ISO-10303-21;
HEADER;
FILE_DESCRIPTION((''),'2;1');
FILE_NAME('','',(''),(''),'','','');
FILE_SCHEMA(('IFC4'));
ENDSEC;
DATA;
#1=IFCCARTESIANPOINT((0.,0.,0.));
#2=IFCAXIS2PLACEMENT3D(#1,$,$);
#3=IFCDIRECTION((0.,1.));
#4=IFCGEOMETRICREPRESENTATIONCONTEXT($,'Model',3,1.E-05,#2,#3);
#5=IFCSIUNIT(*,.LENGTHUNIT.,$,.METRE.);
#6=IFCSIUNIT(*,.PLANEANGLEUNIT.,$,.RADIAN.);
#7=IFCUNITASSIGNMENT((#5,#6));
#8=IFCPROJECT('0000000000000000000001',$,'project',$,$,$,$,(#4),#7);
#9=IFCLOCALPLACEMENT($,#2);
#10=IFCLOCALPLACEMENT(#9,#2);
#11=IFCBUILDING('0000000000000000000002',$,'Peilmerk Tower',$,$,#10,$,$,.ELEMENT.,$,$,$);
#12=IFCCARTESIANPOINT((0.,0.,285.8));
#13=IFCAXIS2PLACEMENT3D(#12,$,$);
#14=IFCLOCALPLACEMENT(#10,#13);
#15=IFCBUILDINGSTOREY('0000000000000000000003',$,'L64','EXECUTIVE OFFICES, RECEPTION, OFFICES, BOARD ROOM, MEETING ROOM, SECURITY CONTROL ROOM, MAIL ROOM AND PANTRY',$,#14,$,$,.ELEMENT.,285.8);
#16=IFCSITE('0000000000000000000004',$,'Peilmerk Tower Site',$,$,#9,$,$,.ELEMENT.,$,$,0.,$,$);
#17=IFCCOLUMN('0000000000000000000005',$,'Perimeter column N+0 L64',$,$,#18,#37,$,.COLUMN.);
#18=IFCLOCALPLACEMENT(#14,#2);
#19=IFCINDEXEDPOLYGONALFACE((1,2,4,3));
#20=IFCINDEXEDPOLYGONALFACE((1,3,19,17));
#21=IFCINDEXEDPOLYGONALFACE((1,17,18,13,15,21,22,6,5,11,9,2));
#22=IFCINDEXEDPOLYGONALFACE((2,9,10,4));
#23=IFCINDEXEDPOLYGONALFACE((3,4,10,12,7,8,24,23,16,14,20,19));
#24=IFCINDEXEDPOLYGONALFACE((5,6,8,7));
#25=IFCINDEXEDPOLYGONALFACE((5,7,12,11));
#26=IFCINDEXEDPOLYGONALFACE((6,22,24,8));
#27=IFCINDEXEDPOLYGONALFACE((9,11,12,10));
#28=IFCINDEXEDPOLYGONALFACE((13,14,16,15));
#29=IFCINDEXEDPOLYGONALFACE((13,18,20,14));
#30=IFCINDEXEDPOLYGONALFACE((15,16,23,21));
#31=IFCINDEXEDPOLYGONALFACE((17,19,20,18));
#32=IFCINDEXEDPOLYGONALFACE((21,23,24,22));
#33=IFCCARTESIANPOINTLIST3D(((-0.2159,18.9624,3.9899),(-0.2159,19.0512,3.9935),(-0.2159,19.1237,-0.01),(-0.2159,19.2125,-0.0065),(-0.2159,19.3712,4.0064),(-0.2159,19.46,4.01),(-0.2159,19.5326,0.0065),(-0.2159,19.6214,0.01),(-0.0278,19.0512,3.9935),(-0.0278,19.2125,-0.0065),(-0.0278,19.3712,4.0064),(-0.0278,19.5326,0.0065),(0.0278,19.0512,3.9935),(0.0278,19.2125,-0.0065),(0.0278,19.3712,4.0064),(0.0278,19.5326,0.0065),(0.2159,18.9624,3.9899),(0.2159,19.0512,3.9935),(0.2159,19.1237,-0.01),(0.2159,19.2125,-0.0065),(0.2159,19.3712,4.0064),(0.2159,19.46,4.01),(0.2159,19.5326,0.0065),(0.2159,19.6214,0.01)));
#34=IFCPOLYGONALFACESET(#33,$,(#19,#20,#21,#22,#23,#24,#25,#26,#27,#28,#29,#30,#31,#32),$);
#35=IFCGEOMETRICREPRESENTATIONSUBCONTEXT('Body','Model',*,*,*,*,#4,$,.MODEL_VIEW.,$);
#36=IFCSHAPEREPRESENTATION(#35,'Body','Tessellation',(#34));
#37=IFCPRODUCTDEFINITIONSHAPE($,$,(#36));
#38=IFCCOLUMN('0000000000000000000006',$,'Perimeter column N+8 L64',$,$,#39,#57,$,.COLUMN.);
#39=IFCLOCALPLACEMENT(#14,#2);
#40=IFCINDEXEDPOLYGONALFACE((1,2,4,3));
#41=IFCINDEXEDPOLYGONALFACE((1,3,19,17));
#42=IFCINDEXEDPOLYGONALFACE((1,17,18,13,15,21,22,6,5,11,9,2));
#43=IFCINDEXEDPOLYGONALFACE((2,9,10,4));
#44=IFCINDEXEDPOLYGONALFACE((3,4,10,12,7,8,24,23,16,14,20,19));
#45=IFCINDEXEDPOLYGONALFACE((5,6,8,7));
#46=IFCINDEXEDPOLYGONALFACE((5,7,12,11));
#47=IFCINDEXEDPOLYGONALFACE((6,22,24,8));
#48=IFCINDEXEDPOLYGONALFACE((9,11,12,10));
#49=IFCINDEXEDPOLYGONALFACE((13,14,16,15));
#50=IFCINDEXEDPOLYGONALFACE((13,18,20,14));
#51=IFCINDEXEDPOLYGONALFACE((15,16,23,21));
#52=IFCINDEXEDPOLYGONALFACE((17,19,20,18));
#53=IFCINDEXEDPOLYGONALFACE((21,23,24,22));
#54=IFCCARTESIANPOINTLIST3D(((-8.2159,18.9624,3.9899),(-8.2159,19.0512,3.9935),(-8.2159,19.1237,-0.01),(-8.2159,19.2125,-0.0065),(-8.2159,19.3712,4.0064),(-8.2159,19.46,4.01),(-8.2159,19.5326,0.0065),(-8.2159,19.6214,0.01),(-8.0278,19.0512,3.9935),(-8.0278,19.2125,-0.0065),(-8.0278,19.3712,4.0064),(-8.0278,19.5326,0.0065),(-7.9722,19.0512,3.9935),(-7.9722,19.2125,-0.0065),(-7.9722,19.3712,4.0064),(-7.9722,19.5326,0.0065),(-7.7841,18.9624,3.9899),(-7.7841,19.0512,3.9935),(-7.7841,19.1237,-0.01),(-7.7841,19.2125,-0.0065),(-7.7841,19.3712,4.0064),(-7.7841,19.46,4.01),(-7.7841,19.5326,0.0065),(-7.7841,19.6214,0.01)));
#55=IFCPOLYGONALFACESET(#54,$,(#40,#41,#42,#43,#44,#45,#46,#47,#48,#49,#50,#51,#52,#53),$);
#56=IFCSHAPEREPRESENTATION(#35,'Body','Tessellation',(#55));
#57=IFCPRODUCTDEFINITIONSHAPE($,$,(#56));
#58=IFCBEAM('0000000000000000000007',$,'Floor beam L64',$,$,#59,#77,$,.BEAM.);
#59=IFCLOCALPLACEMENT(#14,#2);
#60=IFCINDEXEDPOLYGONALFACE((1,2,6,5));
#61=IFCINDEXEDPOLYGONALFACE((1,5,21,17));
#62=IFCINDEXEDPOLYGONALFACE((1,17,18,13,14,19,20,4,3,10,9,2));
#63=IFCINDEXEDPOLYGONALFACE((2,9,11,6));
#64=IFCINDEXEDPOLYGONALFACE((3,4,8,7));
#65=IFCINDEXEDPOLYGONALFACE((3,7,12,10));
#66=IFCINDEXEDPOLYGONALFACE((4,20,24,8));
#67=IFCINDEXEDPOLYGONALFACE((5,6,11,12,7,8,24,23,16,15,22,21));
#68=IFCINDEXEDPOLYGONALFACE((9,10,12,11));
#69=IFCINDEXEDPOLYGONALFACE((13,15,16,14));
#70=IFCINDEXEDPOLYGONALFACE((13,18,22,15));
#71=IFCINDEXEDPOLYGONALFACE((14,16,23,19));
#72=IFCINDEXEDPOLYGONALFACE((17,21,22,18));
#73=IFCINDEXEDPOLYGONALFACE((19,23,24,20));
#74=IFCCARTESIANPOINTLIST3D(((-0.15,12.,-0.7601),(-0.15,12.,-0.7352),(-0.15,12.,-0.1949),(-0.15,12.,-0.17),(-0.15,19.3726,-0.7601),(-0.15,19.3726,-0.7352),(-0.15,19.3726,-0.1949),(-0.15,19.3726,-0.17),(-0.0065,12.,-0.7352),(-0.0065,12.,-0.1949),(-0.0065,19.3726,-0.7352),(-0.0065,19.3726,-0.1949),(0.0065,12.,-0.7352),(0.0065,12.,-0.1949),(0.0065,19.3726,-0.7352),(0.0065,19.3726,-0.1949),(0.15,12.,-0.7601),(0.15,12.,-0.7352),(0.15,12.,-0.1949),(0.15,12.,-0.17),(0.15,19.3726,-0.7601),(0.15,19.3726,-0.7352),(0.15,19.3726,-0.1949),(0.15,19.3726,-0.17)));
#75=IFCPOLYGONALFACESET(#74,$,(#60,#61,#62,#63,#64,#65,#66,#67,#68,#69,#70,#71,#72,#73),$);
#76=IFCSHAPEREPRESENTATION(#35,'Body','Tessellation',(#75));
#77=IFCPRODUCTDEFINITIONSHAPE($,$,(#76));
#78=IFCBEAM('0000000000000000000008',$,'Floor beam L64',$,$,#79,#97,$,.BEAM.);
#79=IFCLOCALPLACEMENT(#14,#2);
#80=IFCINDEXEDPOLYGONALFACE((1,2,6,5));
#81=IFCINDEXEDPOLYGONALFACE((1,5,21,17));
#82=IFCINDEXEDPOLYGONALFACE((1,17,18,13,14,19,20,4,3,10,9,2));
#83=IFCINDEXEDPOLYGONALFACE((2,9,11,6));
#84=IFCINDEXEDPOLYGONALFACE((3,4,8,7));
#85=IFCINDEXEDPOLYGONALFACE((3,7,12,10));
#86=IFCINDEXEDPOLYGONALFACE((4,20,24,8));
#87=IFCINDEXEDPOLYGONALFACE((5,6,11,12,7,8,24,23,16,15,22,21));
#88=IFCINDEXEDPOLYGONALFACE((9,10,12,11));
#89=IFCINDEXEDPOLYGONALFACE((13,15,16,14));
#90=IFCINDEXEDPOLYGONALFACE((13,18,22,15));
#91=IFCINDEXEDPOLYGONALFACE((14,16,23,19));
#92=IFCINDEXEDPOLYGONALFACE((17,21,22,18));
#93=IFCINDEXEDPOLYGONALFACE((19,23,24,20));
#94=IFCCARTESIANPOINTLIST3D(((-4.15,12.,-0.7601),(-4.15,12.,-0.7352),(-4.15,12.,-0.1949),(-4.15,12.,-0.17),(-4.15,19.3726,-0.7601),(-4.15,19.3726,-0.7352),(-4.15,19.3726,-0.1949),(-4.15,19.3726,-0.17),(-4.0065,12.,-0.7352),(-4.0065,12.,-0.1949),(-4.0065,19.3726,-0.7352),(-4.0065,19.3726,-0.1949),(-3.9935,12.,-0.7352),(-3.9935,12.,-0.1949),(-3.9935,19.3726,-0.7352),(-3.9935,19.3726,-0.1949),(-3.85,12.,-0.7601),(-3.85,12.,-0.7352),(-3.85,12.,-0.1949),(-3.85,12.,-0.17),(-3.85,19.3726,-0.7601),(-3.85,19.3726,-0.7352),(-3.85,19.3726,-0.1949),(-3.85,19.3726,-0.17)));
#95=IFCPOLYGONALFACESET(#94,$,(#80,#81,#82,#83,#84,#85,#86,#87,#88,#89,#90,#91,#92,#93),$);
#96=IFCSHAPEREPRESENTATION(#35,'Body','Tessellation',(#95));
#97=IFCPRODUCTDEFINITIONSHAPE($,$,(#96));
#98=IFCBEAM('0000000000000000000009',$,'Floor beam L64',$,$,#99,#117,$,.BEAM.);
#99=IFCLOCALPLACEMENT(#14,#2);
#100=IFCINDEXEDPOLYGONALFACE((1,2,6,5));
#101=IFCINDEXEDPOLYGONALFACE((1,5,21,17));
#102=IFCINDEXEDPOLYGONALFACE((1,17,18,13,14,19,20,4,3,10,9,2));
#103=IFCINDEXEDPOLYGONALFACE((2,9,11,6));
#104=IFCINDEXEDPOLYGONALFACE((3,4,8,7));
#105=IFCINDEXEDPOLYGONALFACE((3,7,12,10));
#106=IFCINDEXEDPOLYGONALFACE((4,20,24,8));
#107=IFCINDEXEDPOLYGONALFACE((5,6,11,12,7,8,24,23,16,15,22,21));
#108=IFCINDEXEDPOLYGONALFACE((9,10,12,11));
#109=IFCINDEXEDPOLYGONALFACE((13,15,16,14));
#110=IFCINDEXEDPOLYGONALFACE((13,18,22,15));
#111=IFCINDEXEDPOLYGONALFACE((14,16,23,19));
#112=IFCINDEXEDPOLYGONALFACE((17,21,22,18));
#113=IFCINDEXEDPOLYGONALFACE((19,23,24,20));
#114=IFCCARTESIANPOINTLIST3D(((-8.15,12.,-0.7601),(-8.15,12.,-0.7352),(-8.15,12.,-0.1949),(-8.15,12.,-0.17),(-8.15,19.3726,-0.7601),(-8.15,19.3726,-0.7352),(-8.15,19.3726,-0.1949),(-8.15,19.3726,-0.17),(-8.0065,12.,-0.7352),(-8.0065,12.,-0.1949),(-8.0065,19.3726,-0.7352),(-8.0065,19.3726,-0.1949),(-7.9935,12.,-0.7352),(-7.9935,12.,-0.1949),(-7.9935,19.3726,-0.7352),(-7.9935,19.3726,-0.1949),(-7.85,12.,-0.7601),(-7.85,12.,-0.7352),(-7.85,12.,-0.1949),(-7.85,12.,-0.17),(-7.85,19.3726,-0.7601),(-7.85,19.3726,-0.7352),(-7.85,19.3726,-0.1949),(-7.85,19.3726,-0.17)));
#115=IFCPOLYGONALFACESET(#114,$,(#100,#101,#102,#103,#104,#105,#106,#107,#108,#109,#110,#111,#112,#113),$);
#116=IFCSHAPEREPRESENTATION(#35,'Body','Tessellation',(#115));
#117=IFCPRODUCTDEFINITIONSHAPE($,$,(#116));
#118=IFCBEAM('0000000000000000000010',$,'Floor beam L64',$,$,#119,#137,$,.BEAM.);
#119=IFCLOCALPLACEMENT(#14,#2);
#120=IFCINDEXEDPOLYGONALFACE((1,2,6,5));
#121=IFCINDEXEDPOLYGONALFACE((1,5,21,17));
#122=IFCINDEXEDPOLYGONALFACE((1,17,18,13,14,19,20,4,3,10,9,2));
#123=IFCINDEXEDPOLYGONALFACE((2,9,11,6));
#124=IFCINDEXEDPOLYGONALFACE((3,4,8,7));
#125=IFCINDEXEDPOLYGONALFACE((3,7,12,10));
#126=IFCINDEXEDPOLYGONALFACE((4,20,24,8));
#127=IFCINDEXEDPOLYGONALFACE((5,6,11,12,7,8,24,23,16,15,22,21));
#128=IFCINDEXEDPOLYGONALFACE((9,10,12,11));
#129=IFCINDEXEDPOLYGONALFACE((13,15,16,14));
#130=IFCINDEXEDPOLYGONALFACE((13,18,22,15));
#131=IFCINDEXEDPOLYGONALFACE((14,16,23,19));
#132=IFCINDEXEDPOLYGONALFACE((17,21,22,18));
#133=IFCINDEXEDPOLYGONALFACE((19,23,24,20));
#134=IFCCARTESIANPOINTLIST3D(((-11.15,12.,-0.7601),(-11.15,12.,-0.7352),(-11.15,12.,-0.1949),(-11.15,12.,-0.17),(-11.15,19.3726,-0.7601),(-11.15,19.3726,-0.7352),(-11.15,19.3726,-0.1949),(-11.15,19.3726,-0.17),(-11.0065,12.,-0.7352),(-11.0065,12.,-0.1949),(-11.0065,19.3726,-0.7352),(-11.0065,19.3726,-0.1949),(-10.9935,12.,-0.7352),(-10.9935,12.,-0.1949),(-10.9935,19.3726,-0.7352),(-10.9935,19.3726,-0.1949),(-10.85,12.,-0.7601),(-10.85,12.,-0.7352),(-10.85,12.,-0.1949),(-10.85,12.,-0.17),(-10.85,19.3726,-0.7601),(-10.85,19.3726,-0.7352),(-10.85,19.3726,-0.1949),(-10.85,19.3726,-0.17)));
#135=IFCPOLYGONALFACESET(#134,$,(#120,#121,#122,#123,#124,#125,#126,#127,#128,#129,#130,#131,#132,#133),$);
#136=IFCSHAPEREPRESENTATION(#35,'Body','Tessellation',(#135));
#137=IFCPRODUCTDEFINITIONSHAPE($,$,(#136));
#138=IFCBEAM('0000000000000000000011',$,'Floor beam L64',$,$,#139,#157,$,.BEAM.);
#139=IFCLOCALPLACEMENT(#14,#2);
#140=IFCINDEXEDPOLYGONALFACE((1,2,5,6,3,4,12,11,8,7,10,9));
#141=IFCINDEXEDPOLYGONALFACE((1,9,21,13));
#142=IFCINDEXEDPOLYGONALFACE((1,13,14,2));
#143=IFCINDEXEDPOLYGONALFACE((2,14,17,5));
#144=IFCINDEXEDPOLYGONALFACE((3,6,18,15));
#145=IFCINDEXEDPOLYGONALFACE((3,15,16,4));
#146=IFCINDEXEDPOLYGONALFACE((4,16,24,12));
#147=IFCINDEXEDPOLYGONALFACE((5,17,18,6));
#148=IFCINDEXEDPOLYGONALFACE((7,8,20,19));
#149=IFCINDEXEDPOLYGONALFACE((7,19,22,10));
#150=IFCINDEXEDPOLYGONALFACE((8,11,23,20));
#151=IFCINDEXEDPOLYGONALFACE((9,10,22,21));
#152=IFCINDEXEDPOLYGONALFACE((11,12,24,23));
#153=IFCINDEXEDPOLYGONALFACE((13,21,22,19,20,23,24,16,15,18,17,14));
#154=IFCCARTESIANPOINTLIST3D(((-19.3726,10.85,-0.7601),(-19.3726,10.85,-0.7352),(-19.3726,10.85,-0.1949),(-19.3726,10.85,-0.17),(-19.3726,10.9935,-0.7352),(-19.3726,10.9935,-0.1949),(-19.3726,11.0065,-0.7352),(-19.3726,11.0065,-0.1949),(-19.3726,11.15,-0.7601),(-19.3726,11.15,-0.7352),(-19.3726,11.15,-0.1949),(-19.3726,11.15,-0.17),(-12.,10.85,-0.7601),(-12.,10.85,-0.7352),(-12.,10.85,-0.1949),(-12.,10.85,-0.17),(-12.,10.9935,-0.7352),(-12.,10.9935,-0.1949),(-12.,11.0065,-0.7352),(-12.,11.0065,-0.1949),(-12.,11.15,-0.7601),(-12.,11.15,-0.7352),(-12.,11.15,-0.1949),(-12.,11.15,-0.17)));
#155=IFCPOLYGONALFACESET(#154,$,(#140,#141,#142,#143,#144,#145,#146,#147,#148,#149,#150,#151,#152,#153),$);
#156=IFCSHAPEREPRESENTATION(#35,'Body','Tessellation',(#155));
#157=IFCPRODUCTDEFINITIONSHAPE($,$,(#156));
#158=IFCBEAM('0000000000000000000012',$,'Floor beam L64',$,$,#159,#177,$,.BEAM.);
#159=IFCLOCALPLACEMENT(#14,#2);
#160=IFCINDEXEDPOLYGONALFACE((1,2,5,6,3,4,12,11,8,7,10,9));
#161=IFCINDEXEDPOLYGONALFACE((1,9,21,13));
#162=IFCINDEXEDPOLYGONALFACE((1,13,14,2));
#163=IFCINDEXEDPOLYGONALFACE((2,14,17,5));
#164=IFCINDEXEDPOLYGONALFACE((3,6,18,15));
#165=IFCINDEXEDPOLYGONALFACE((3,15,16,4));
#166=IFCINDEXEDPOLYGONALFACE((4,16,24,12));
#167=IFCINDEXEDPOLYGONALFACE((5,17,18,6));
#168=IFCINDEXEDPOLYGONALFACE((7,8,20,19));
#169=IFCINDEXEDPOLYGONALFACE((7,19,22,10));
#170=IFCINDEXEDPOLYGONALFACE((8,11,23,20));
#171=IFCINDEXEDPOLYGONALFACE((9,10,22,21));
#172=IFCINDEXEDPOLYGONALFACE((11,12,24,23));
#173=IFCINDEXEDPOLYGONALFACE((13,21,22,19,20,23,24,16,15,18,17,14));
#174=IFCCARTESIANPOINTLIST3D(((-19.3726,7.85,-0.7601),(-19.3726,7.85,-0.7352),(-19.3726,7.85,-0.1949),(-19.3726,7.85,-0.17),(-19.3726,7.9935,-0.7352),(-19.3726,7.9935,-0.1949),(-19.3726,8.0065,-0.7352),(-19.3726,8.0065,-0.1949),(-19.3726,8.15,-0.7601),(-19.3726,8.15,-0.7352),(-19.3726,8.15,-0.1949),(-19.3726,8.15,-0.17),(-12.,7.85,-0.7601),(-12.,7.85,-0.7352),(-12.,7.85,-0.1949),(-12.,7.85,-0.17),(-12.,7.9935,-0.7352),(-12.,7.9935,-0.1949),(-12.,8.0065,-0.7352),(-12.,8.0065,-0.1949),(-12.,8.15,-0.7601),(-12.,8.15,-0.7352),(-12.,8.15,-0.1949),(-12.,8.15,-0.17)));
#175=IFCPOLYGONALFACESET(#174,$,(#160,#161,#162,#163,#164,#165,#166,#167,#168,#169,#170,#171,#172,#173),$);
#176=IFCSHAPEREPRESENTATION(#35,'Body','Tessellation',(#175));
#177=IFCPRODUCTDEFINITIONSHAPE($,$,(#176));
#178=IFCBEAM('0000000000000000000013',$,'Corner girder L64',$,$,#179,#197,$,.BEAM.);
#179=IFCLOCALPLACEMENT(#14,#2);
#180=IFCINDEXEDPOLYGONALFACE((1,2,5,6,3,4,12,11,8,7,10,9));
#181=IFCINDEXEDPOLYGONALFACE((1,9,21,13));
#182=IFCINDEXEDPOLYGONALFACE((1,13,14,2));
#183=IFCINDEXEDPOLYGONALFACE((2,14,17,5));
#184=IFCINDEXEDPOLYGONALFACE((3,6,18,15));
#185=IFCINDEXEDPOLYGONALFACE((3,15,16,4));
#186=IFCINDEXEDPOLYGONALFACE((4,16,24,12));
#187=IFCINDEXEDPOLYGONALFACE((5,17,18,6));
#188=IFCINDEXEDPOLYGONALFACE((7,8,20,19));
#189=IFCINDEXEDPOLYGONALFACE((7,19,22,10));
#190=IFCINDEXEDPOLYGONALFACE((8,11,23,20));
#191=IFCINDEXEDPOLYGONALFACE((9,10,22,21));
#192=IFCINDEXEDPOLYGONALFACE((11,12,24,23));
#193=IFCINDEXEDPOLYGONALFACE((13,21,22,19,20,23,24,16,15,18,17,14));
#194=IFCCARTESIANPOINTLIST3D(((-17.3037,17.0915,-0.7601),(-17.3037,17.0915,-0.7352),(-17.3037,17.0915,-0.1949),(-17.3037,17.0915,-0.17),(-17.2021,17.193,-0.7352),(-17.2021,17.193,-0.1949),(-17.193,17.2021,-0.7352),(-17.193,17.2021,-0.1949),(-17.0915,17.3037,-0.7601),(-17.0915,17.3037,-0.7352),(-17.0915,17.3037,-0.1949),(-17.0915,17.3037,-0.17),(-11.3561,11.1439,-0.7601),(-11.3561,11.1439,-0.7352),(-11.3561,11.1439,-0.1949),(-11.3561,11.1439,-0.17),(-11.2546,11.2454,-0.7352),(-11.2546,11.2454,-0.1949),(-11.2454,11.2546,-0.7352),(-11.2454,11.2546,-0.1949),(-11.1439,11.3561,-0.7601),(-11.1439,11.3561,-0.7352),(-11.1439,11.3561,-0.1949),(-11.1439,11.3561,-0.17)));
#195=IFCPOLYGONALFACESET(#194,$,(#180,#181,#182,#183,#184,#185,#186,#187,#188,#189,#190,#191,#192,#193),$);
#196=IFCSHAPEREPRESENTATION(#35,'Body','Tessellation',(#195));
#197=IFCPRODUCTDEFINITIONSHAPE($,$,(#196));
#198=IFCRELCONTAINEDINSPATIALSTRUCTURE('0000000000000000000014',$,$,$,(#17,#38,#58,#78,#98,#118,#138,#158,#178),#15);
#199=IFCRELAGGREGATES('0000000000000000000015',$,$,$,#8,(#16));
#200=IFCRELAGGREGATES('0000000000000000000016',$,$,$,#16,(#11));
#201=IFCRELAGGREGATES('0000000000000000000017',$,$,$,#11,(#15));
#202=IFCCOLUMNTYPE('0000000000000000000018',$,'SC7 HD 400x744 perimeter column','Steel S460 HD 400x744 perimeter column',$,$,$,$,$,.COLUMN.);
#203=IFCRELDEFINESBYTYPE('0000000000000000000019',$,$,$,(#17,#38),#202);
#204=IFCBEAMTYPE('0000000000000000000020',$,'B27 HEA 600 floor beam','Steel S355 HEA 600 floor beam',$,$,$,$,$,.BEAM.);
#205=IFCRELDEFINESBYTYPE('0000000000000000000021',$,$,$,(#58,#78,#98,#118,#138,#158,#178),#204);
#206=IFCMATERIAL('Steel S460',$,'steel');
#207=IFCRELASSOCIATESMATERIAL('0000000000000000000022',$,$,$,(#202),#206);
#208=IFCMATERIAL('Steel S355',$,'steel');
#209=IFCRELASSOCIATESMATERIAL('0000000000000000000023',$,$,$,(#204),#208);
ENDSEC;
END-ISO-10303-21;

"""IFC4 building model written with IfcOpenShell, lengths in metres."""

from ifc_helpers import new_model, si_unit, direction, frame, origin, origin_2d, place, context, subcontext, project, spatial, i_section, extrude, material, material_profile, profile_set, type_object, element, save


model = new_model("IFC4")

# Units and contexts
model_context = context("Model", 3, precision=1e-05, world=origin(), true_north=direction((0.0, 1.0)))
body_context = subcontext(model_context, "Body", "Model", "MODEL_VIEW")
ifc_project = project(units=[si_unit("LENGTHUNIT", "METRE"), si_unit("PLANEANGLEUNIT", "RADIAN")], contexts=[model_context])

# Site, building, storey
site_placement = place(None, origin())
site = spatial("IfcSite", under=ifc_project, at=site_placement, Name="Peilmerk Tower Site", CompositionType="ELEMENT", RefElevation=0.0)
building_placement = place(site_placement, origin())
building = spatial("IfcBuilding", under=site, at=building_placement, Name="Peilmerk Tower", CompositionType="ELEMENT")
storey_placement = place(building_placement, frame((0.0, 0.0, 285.8)))
storey = spatial("IfcBuildingStorey", under=building, at=storey_placement, Name="L64", Description="EXECUTIVE OFFICES, RECEPTION, OFFICES, BOARD ROOM, MEETING ROOM, SECURITY CONTROL ROOM, MAIL ROOM AND PANTRY", CompositionType="ELEMENT", Elevation=285.8)

# Columns
ifc_material_1 = material(Name="Steel S460", Category="steel")
ifc_material_profile_1 = material_profile(ifc_material_1, i_section(OverallWidth=0.4319, OverallDepth=0.498, WebThickness=0.0557, FlangeThickness=0.0889, at=origin_2d()), Name="HD 400x744")
ifc_profile_set_1 = profile_set([ifc_material_profile_1], Name="Steel S460")
column_type = type_object("IfcColumnType", Name="SC7 HD 400x744 perimeter column", Description="Steel S460 HD 400x744 perimeter column", PredefinedType="COLUMN", material=ifc_profile_set_1)
for number, where, z_axis, x_axis, name in (
    (1, (0.0, 19.3726, 0.0), (0.0, -0.040311, 0.999187), (1.0, 0.0, 0.0), "Perimeter column N+0 L64"),
    (2, (-8.0, 19.3726, 0.0), (0.0, -0.040311, 0.999187), (1.0, 0.0, 0.0), "Perimeter column N+8 L64"),
):
    element("IfcColumn", number, at=place(storey_placement, frame(where, z_axis=z_axis, x_axis=x_axis)), inside=storey, type_object=column_type, Name=name, PredefinedType="COLUMN", context=body_context, shape_type="SweptSolid", body=[
        extrude(i_section(OverallWidth=0.4319, OverallDepth=0.498, WebThickness=0.0557, FlangeThickness=0.0889, at=origin_2d()), origin(), (0.0, 0.0, 1.0), 4.0032),
    ])

# Beams
ifc_material_2 = material(Name="Steel S355", Category="steel")
ifc_material_profile_2 = material_profile(ifc_material_2, i_section(OverallWidth=0.3, OverallDepth=0.5901, WebThickness=0.0129, FlangeThickness=0.0249, at=origin_2d()), Name="HEA 600")
ifc_profile_set_2 = profile_set([ifc_material_profile_2], Name="Steel S355")
beam_type_1 = type_object("IfcBeamType", Name="B27 HEA 600 floor beam", Description="Steel S355 HEA 600 floor beam", PredefinedType="BEAM", material=ifc_profile_set_2)
for number, where, z_axis, x_axis, name in (
    (3, (0.0, 12.0, -0.4651), (0.0, 1.0, 0.0), (-1.0, 0.0, 0.0), "Floor beam L64"),
    (4, (-4.0, 12.0, -0.4651), (0.0, 1.0, 0.0), (-1.0, 0.0, 0.0), "Floor beam L64"),
    (5, (-8.0, 12.0, -0.4651), (0.0, 1.0, 0.0), (-1.0, 0.0, 0.0), "Floor beam L64"),
    (6, (-11.0, 12.0, -0.4651), (0.0, 1.0, 0.0), (-1.0, 0.0, 0.0), "Floor beam L64"),
    (7, (-12.0, 11.0, -0.4651), (-1.0, 0.0, 0.0), (0.0, -1.0, 0.0), "Floor beam L64"),
    (8, (-12.0, 8.0, -0.4651), (-1.0, 0.0, 0.0), (0.0, -1.0, 0.0), "Floor beam L64"),
):
    element("IfcBeam", number, at=place(storey_placement, frame(where, z_axis=z_axis, x_axis=x_axis)), inside=storey, type_object=beam_type_1, Name=name, PredefinedType="BEAM", context=body_context, shape_type="SweptSolid", body=[
        extrude(i_section(OverallWidth=0.3, OverallDepth=0.5901, WebThickness=0.0129, FlangeThickness=0.0249, at=origin_2d()), origin(), (0.0, 0.0, 1.0), 7.3726),
    ])
beam_1_placement = place(storey_placement, frame((-11.25, 11.25, -0.4651), z_axis=(-0.707107, 0.707107, 0.0), x_axis=(-0.707107, -0.707107, 0.0)))
element("IfcBeam", 9, at=beam_1_placement, inside=storey, type_object=beam_type_1, Name="Corner girder L64", PredefinedType="BEAM", context=body_context, shape_type="SweptSolid", body=[
    extrude(i_section(OverallWidth=0.3, OverallDepth=0.5901, WebThickness=0.0129, FlangeThickness=0.0249, at=origin_2d()), origin(), (0.0, 0.0, 1.0), 8.4111),
])

save(model, "model.ifc")
